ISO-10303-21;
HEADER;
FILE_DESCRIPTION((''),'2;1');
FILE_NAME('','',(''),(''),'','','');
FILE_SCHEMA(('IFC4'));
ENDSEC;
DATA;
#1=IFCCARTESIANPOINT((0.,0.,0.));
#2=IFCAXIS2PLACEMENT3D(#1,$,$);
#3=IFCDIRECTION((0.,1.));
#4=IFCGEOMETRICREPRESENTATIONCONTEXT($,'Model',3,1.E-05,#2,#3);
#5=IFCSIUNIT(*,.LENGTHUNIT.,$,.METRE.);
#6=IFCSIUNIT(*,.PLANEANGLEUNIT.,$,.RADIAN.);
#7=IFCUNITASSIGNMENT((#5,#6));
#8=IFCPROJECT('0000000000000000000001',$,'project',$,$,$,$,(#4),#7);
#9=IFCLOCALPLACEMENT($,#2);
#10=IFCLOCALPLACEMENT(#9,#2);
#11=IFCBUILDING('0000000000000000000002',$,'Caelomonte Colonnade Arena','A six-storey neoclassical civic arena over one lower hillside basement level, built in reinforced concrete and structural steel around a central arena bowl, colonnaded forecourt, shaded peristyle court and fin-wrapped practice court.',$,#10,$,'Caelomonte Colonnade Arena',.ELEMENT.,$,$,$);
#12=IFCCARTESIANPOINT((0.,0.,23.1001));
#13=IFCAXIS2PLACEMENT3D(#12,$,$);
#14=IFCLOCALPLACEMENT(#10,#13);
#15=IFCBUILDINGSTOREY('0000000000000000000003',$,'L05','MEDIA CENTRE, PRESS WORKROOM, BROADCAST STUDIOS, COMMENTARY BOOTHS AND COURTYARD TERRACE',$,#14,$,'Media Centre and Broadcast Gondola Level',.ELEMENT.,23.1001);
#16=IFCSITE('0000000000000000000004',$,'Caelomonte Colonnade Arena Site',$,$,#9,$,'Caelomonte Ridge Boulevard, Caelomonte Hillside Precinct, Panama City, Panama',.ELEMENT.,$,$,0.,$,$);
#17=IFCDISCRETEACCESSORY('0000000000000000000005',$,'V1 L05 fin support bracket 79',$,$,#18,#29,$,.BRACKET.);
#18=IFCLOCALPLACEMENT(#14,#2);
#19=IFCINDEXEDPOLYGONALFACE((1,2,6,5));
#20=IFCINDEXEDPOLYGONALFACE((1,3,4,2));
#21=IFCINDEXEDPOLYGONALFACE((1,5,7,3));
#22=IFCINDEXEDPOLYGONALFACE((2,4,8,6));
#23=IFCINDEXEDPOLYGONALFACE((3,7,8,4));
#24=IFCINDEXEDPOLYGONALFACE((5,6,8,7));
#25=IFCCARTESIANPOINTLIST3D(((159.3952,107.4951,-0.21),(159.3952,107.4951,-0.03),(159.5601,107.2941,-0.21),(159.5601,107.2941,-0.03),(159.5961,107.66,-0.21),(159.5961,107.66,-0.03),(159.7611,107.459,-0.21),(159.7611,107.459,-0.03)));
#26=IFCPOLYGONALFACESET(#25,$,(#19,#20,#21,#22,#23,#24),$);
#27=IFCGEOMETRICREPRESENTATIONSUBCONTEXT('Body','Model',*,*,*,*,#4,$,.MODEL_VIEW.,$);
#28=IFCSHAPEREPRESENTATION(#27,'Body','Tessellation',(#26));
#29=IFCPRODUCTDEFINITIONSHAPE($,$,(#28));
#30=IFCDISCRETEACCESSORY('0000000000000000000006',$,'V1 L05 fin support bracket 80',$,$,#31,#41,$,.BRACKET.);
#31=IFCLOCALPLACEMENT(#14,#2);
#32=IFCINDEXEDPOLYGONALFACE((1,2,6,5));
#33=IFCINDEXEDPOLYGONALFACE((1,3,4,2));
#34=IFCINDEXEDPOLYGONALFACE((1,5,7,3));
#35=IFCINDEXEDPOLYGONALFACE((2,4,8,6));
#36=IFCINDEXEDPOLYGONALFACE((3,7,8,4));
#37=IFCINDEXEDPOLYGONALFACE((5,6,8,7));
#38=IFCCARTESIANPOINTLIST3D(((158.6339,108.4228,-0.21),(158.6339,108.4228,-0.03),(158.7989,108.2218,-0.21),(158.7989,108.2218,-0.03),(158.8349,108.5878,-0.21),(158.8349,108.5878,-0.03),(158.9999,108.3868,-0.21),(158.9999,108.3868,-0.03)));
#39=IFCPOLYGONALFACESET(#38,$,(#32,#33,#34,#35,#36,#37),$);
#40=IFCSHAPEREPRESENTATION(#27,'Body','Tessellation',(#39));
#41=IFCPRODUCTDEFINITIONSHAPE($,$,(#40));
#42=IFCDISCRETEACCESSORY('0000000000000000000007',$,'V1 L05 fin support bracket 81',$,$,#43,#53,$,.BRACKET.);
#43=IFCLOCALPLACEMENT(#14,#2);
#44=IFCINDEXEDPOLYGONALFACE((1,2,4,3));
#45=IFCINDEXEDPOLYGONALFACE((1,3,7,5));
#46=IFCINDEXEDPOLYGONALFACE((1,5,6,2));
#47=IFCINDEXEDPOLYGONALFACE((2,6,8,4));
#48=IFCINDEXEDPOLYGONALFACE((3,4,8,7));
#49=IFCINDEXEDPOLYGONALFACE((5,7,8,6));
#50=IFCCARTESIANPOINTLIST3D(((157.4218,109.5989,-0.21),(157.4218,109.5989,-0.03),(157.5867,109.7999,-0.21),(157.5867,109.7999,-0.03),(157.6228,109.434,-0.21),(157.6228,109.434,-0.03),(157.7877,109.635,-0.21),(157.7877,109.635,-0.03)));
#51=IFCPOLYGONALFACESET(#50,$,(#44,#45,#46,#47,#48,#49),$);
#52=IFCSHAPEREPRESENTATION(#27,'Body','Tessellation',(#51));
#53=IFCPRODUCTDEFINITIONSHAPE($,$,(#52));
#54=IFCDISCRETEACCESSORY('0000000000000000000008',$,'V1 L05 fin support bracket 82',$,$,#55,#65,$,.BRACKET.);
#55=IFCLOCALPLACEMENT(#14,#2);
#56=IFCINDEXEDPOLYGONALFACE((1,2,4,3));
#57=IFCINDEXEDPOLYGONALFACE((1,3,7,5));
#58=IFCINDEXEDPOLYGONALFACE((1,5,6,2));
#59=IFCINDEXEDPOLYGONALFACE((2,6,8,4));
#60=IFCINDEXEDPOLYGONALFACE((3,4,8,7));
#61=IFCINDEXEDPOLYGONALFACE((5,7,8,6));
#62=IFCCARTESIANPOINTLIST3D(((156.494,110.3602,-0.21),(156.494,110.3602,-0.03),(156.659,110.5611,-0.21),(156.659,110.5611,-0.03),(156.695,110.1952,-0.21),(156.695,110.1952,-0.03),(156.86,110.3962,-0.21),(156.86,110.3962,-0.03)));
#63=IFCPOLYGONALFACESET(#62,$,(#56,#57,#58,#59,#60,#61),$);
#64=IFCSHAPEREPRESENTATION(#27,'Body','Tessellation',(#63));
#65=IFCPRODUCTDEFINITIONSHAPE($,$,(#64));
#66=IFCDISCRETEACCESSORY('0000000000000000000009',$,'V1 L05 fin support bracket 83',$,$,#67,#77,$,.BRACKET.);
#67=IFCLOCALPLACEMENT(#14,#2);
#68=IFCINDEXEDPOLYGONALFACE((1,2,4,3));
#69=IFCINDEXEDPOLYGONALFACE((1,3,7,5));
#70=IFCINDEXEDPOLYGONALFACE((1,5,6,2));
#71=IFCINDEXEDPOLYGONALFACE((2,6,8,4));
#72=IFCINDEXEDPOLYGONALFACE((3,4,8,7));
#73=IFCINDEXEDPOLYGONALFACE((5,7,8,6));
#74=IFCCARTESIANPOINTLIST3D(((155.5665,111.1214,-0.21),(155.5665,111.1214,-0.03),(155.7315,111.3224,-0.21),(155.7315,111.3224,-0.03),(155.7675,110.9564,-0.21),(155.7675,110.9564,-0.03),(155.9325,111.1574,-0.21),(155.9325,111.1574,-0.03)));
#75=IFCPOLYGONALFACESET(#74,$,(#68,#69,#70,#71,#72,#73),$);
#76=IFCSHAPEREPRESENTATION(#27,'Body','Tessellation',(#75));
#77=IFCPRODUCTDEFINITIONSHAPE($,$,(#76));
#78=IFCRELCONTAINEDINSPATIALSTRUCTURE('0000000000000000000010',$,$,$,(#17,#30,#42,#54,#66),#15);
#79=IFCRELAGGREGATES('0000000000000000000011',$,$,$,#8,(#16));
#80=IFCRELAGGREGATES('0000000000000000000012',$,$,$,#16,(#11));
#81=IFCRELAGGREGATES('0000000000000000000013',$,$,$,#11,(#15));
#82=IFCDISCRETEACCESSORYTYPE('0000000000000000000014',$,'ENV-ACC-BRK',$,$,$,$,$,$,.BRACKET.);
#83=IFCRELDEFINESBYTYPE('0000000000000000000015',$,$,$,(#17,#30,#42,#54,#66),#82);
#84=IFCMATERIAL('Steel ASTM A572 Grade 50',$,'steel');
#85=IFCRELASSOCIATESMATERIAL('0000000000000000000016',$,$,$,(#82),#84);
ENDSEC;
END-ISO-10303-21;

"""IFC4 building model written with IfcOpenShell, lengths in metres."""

from ifc_helpers import new_model, si_unit, direction, frame, origin, origin_2d, place, context, subcontext, project, spatial, rectangle, extrude, material, type_object, element, save


model = new_model("IFC4")

# Units and contexts
model_context = context("Model", 3, precision=1e-05, world=origin(), true_north=direction((0.0, 1.0)))
body_context = subcontext(model_context, "Body", "Model", "MODEL_VIEW")
ifc_project = project(units=[si_unit("LENGTHUNIT", "METRE"), si_unit("PLANEANGLEUNIT", "RADIAN")], contexts=[model_context])

# Site, building, storey
site_placement = place(None, origin())
site = spatial("IfcSite", under=ifc_project, at=site_placement, Name="Caelomonte Colonnade Arena Site", LongName="Caelomonte Ridge Boulevard, Caelomonte Hillside Precinct, Panama City, Panama", CompositionType="ELEMENT", RefElevation=0.0)
building_placement = place(site_placement, origin())
building = spatial("IfcBuilding", under=site, at=building_placement, Name="Caelomonte Colonnade Arena", Description="A six-storey neoclassical civic arena over one lower hillside basement level, built in reinforced concrete and structural steel around a central arena bowl, colonnaded forecourt, shaded peristyle court and fin-wrapped practice court.", LongName="Caelomonte Colonnade Arena", CompositionType="ELEMENT")
storey_placement = place(building_placement, frame((0.0, 0.0, 23.1001)))
storey = spatial("IfcBuildingStorey", under=building, at=storey_placement, Name="L05", Description="MEDIA CENTRE, PRESS WORKROOM, BROADCAST STUDIOS, COMMENTARY BOOTHS AND COURTYARD TERRACE", LongName="Media Centre and Broadcast Gondola Level", CompositionType="ELEMENT", Elevation=23.1001)

# Discrete accessories
ifc_material_1 = material(Name="Steel ASTM A572 Grade 50", Category="steel")
discrete_accessory_type = type_object("IfcDiscreteAccessoryType", Name="ENV-ACC-BRK", PredefinedType="BRACKET", material=ifc_material_1)
for number, where, z_axis, x_axis, name in (
    (1, (159.5781, 107.4771, -0.21), (0.0, 0.0, 1.0), (-0.634414, 0.772994, 0.0), "V1 L05 fin support bracket 79"),
    (2, (158.8169, 108.4048, -0.21), (0.0, 0.0, 1.0), (-0.634414, 0.772994, 0.0), "V1 L05 fin support bracket 80"),
    (3, (157.6047, 109.6169, -0.21), (0.0, 0.0, 1.0), (-0.772994, 0.634414, 0.0), "V1 L05 fin support bracket 81"),
    (4, (156.677, 110.3782, -0.21), (0.0, 0.0, 1.0), (-0.772994, 0.634414, 0.0), "V1 L05 fin support bracket 82"),
    (5, (155.7495, 111.1394, -0.21), (0.0, 0.0, 1.0), (-0.772994, 0.634414, 0.0), "V1 L05 fin support bracket 83"),
):
    element("IfcDiscreteAccessory", number, at=place(storey_placement, frame(where, z_axis=z_axis, x_axis=x_axis)), inside=storey, type_object=discrete_accessory_type, Name=name, PredefinedType="BRACKET", context=body_context, shape_type="SweptSolid", body=[
        extrude(rectangle(XDim=0.26, YDim=0.26, at=origin_2d()), origin(), (0.0, 0.0, 1.0), 0.1799),
    ])

save(model, "model.ifc")
